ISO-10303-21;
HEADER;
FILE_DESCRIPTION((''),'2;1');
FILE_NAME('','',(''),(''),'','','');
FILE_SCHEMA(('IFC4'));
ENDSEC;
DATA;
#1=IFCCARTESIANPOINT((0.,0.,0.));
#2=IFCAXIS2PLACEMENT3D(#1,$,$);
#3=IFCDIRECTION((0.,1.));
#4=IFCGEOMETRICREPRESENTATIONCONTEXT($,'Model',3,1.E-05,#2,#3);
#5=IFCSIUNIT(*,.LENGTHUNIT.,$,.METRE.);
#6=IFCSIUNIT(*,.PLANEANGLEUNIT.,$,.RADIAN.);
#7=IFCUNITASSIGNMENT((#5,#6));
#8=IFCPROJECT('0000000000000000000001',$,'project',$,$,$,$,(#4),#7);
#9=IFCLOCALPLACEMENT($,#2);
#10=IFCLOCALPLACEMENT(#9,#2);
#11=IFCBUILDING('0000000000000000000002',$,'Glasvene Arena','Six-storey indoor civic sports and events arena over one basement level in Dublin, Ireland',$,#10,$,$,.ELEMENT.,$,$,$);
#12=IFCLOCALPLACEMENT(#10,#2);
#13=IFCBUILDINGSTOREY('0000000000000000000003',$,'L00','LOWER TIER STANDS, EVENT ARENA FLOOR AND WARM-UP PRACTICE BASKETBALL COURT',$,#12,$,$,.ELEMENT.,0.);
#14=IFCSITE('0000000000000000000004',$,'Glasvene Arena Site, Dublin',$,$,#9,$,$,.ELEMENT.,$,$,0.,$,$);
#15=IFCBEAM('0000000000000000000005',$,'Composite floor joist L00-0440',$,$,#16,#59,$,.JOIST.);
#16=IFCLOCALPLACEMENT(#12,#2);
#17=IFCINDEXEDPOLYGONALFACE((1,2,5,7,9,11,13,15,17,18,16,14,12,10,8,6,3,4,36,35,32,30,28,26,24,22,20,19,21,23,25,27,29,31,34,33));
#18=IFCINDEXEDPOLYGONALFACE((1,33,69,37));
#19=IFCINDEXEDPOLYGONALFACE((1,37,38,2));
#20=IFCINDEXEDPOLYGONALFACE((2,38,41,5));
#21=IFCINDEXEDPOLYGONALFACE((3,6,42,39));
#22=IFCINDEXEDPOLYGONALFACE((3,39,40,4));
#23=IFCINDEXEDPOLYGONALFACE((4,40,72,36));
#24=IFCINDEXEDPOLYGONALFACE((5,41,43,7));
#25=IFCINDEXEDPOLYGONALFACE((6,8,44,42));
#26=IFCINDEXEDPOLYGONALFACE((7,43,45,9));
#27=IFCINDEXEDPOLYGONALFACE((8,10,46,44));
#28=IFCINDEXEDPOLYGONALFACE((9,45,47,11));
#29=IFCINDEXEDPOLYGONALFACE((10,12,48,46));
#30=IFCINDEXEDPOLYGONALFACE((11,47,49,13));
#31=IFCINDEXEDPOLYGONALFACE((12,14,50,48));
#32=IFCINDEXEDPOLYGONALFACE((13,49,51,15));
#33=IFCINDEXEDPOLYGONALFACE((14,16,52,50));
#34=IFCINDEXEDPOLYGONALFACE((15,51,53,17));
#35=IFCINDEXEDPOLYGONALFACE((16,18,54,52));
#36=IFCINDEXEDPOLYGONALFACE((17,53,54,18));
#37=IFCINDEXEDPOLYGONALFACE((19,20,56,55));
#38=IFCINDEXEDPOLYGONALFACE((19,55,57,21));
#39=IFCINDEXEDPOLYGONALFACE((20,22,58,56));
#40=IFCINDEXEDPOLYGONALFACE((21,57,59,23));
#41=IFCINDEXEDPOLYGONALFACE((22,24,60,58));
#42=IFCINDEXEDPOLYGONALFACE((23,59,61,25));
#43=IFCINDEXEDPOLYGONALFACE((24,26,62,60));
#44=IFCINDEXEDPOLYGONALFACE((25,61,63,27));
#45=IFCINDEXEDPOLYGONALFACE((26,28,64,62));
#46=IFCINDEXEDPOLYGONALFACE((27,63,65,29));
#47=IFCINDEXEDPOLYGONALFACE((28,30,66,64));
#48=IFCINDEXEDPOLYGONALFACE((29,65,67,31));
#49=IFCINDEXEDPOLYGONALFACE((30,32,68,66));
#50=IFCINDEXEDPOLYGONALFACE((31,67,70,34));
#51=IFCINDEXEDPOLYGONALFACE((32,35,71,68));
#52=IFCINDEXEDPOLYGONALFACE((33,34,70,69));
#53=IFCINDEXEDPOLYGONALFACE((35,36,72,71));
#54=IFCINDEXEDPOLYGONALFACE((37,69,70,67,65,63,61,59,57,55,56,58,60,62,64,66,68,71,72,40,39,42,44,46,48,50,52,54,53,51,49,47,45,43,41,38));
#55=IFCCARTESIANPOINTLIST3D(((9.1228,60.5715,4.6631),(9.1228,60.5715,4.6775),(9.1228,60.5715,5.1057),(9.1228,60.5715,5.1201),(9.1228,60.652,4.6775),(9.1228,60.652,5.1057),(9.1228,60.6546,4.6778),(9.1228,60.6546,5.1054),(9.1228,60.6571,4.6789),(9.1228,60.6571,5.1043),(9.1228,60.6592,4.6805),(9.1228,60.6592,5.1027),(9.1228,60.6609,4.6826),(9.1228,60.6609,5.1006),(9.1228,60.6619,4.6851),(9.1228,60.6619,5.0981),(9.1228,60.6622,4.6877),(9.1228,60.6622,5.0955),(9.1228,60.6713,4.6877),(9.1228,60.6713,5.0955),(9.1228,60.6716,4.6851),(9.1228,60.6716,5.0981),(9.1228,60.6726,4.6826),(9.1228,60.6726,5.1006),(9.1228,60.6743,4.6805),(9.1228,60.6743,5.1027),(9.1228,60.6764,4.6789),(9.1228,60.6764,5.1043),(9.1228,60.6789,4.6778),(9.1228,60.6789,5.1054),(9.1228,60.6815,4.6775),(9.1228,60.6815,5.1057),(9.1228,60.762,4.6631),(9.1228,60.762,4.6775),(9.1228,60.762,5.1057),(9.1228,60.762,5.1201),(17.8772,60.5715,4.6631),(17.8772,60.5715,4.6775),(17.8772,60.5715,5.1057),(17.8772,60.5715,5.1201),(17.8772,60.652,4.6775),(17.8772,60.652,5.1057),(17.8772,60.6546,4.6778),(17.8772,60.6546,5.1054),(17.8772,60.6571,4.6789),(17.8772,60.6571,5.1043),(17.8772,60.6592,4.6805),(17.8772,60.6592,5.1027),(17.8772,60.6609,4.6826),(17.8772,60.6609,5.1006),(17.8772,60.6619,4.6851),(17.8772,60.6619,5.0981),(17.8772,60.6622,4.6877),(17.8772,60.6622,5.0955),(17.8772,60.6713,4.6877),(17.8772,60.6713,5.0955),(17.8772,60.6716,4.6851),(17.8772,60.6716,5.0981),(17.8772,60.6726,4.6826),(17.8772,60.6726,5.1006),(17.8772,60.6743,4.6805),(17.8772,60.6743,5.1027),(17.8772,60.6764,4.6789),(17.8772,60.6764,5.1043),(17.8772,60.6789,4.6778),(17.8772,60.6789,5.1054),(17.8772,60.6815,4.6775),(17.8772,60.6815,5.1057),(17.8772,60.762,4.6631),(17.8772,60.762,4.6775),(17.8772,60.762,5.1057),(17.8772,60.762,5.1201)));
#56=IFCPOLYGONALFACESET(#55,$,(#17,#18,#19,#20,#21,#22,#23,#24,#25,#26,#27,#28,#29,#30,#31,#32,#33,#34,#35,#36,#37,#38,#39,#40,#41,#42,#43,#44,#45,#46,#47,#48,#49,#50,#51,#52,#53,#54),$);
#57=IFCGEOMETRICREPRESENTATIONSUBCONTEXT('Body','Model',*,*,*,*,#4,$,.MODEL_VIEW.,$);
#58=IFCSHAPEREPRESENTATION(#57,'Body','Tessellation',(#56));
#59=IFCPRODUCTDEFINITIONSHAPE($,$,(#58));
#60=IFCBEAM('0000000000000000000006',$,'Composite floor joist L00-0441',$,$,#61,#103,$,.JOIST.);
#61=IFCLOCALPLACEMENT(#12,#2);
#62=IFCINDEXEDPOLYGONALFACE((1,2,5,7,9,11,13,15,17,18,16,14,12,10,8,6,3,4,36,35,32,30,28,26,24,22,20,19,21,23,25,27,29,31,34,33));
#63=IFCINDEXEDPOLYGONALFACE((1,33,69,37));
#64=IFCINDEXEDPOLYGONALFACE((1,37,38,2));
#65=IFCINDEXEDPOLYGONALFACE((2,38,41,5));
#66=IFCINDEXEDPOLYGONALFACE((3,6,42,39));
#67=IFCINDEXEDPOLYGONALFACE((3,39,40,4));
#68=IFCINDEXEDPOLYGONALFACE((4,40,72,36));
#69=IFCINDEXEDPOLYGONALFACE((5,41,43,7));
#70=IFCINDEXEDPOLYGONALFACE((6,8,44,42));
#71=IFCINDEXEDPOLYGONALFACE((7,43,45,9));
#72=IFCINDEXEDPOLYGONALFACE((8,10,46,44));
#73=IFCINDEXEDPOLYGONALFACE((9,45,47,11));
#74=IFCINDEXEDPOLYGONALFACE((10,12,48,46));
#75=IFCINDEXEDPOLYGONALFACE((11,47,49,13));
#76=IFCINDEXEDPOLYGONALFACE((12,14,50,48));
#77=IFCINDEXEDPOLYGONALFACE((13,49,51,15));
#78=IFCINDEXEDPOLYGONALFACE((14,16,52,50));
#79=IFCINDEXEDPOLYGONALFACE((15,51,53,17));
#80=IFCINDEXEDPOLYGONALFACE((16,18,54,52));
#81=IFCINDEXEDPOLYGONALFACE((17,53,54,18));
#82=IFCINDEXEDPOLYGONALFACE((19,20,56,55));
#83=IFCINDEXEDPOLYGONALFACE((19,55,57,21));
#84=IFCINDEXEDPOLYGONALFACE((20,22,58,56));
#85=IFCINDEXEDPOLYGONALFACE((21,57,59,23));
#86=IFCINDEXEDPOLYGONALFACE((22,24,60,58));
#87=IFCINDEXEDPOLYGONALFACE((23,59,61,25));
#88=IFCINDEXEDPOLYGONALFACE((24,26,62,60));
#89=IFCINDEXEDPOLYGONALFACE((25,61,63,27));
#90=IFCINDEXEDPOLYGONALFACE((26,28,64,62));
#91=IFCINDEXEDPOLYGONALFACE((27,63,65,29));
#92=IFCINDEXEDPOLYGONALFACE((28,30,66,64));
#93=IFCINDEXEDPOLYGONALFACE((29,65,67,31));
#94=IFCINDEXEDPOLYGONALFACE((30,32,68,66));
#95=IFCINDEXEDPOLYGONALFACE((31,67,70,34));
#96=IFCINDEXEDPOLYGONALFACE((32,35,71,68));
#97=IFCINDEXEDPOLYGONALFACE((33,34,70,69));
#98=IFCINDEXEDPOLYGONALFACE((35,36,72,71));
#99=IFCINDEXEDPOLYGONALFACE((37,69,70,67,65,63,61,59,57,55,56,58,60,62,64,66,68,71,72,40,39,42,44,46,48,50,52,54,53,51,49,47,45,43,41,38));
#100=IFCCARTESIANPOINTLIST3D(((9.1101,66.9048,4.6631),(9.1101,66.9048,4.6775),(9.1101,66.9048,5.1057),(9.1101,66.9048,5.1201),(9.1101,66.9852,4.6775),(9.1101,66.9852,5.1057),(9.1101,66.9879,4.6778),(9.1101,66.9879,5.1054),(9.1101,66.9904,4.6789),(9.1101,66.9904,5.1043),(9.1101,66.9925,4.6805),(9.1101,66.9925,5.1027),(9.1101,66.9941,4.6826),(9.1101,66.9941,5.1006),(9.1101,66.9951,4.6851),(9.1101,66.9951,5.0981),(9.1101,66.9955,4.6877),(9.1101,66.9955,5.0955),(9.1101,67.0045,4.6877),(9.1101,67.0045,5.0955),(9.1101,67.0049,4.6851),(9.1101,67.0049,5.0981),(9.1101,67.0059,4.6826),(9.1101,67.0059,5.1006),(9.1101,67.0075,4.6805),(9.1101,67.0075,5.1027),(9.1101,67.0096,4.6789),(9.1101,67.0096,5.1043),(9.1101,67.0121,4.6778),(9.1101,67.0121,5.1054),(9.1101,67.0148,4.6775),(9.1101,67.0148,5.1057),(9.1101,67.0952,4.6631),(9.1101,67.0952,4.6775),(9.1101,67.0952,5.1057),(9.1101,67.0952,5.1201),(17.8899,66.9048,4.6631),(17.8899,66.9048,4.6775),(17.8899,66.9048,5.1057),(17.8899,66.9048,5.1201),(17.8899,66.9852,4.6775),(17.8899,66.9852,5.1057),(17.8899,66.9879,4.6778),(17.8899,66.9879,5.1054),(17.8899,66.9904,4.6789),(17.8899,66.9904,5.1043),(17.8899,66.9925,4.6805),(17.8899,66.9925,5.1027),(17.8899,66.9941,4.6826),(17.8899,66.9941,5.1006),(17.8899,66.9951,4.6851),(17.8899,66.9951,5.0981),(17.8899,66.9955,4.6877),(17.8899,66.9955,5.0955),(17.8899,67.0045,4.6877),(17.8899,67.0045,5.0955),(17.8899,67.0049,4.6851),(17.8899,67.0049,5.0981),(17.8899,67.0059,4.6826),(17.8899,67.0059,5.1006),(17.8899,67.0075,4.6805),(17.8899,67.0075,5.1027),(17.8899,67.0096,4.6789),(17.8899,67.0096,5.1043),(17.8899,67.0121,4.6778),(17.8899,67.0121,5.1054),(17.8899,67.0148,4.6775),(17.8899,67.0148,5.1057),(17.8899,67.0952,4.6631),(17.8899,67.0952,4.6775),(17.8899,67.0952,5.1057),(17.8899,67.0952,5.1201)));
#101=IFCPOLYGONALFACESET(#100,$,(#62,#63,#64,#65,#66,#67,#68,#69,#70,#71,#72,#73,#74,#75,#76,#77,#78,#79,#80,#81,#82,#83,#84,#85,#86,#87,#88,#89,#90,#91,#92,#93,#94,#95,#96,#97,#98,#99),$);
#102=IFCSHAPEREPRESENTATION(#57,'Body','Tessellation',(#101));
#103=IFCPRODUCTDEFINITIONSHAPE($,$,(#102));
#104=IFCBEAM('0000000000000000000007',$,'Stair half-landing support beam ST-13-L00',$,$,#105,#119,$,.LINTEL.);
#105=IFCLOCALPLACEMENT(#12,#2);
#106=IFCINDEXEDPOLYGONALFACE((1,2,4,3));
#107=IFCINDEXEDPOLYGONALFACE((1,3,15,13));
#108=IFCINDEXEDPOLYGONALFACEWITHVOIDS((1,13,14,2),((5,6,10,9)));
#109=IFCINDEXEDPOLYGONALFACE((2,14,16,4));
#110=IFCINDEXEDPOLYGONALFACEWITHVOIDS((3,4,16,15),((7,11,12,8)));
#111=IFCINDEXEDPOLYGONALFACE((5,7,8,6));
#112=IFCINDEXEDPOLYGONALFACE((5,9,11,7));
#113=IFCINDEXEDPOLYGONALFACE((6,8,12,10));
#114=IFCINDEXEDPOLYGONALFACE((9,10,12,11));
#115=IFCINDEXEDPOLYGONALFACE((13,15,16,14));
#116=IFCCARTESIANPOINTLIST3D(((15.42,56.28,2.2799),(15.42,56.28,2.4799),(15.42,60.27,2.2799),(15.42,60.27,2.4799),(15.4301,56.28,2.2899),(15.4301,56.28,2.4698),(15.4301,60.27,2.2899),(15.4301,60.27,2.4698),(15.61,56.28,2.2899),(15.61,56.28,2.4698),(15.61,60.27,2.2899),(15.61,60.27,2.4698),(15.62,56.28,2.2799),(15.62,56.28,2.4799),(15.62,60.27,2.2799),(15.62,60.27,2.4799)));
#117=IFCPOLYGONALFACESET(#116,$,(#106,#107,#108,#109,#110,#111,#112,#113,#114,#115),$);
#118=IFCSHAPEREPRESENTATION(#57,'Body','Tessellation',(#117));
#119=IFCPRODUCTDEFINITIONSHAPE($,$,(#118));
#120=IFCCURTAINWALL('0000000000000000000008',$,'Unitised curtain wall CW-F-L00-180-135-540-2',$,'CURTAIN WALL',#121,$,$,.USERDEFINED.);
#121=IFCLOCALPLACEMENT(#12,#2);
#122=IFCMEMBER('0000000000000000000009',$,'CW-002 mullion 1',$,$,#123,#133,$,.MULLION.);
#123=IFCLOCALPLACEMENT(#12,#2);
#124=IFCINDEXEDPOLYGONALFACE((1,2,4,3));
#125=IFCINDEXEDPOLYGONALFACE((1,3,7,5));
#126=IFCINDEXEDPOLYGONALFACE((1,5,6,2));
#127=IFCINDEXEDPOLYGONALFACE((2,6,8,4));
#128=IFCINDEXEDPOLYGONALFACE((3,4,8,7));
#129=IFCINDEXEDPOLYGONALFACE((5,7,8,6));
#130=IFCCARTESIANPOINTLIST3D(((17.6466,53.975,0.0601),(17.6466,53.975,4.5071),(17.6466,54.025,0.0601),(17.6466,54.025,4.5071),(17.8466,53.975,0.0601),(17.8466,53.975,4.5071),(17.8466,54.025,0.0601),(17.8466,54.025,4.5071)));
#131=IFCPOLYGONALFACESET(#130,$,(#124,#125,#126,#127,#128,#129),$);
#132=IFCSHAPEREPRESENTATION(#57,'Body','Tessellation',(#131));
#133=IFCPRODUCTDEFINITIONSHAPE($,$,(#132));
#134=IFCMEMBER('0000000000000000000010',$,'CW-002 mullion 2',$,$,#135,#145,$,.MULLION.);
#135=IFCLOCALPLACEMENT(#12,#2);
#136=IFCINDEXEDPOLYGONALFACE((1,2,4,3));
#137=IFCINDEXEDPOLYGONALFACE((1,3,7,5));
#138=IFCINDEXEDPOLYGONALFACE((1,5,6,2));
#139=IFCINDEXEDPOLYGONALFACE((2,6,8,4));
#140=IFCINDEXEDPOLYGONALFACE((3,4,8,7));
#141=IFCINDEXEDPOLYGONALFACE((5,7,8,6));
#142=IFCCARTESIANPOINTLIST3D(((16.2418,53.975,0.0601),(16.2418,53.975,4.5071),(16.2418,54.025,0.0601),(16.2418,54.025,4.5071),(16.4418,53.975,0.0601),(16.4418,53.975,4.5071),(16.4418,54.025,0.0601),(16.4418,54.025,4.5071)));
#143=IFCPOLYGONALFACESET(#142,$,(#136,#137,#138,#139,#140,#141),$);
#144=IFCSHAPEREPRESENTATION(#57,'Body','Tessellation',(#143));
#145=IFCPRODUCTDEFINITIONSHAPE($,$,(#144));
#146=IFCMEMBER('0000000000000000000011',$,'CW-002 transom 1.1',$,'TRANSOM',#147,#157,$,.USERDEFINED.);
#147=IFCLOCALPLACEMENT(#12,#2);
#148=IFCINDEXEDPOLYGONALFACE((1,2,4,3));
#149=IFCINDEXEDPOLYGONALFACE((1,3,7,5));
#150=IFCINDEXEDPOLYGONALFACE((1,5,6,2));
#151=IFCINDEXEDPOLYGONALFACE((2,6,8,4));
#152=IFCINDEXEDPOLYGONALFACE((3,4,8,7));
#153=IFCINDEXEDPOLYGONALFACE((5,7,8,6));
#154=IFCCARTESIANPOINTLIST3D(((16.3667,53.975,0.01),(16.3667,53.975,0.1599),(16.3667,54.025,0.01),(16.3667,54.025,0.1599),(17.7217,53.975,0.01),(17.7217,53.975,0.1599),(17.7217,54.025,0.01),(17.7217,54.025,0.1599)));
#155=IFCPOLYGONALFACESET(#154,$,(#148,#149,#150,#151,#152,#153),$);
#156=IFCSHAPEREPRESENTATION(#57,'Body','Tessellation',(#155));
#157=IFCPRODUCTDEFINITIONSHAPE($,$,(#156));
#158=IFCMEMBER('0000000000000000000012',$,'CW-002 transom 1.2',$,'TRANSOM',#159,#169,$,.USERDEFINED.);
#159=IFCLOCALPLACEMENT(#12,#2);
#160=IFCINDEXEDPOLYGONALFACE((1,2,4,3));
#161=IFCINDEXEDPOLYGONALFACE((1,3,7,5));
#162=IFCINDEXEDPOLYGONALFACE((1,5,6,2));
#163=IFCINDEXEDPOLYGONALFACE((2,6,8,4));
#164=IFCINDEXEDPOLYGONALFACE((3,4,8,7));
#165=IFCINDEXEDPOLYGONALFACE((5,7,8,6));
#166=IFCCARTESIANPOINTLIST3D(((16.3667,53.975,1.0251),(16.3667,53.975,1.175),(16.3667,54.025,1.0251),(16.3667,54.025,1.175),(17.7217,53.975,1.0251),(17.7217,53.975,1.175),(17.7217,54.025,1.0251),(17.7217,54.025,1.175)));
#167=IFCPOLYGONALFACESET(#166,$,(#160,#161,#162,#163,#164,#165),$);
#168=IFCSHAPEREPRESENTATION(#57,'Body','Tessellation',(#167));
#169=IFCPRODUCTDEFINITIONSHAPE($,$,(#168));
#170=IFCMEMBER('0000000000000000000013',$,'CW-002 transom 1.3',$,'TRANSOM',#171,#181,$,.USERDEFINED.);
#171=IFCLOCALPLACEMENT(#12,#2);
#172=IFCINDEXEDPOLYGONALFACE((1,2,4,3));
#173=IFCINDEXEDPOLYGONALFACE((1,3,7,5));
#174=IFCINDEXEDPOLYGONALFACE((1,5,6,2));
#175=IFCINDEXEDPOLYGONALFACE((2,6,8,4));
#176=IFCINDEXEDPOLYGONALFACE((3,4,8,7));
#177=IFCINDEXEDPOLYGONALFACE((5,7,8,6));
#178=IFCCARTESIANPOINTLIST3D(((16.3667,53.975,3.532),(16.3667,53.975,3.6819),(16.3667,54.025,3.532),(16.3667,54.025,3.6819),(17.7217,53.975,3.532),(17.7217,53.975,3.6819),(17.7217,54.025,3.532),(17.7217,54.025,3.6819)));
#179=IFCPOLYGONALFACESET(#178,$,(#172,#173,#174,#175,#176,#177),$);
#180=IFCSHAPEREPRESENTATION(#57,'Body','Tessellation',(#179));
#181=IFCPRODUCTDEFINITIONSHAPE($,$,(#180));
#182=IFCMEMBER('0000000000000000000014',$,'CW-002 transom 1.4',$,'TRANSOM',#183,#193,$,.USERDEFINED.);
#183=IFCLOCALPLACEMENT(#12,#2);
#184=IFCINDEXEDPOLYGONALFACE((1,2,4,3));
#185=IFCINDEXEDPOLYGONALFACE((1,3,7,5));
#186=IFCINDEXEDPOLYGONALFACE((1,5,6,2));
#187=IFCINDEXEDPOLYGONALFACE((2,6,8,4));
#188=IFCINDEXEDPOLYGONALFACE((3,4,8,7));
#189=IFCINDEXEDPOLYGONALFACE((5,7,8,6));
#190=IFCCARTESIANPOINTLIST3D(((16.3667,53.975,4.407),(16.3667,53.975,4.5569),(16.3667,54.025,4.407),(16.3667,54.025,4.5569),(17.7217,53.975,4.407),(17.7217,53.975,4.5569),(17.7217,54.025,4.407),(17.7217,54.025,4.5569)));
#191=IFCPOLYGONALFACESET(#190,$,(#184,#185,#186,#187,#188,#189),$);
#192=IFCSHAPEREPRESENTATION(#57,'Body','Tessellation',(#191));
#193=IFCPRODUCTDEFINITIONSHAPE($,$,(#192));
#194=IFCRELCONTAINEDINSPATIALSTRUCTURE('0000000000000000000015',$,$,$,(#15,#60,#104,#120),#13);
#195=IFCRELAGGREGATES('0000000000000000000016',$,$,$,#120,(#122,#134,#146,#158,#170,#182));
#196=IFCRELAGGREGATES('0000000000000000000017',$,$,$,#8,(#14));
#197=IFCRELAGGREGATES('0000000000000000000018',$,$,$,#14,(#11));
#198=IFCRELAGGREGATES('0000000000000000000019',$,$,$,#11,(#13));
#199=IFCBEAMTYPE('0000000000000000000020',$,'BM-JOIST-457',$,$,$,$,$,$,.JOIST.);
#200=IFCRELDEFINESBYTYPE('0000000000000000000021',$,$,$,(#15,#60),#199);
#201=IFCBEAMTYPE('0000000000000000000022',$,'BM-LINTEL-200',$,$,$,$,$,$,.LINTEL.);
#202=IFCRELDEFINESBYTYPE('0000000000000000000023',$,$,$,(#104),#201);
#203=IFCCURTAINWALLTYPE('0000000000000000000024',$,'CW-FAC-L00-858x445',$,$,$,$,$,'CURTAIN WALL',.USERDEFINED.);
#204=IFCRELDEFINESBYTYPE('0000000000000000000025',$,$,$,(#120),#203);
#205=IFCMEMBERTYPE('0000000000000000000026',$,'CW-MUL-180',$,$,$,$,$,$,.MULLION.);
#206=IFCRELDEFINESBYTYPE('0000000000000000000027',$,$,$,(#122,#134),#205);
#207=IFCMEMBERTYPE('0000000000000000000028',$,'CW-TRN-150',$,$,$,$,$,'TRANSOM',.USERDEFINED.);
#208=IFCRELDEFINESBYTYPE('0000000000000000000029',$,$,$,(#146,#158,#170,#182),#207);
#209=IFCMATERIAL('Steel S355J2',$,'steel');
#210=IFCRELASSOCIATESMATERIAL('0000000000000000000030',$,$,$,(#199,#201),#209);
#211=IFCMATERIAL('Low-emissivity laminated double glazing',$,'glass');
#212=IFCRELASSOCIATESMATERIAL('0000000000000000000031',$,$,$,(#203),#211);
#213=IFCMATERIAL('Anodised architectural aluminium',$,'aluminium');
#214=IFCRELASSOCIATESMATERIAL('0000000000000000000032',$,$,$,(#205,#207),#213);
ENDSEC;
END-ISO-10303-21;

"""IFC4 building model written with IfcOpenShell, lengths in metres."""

from ifc_helpers import new_model, si_unit, direction, frame, origin, origin_2d, place, context, subcontext, project, spatial, rectangle, hollow_rectangle, i_section, extrude, material, material_profile, profile_set, type_object, element, aggregate, save


model = new_model("IFC4")

# Units and contexts
model_context = context("Model", 3, precision=1e-05, world=origin(), true_north=direction((0.0, 1.0)))
body_context = subcontext(model_context, "Body", "Model", "MODEL_VIEW")
ifc_project = project(units=[si_unit("LENGTHUNIT", "METRE"), si_unit("PLANEANGLEUNIT", "RADIAN")], contexts=[model_context])

# Site, building, storey
site_placement = place(None, origin())
site = spatial("IfcSite", under=ifc_project, at=site_placement, Name="Glasvene Arena Site, Dublin", CompositionType="ELEMENT", RefElevation=0.0)
building_placement = place(site_placement, origin())
building = spatial("IfcBuilding", under=site, at=building_placement, Name="Glasvene Arena", Description="Six-storey indoor civic sports and events arena over one basement level in Dublin, Ireland", CompositionType="ELEMENT")
storey_placement = place(building_placement, origin())
storey = spatial("IfcBuildingStorey", under=building, at=storey_placement, Name="L00", Description="LOWER TIER STANDS, EVENT ARENA FLOOR AND WARM-UP PRACTICE BASKETBALL COURT", CompositionType="ELEMENT", Elevation=0.0)

# Shared definitions
ifc_material_1 = material(Name="Steel S355J2", Category="steel")

# Beams
ifc_material_profile_1 = material_profile(ifc_material_1, i_section(OverallWidth=0.1904, OverallDepth=0.457, WebThickness=0.009, FlangeThickness=0.0144, FilletRadius=0.0103, at=origin_2d()), Name="UKB 457x191x74")
ifc_profile_set_1 = profile_set([ifc_material_profile_1], Name="Steel S355J2")
beam_type_1 = type_object("IfcBeamType", Name="BM-JOIST-457", PredefinedType="JOIST", material=ifc_profile_set_1)
beam_1_placement = place(storey_placement, frame((9.1228, 60.6667, 4.8916), z_axis=(1.0, 0.0, 0.0), x_axis=(0.0, 1.0, 0.0)))
element("IfcBeam", 1, at=beam_1_placement, inside=storey, type_object=beam_type_1, Name="Composite floor joist L00-0440", PredefinedType="JOIST", context=body_context, shape_type="SweptSolid", body=[
    extrude(i_section(OverallWidth=0.1904, OverallDepth=0.457, WebThickness=0.009, FlangeThickness=0.0144, FilletRadius=0.0103, at=origin_2d()), origin(), (0.0, 0.0, 1.0), 8.7544),
])
beam_2_placement = place(storey_placement, frame((9.1101, 67.0, 4.8916), z_axis=(1.0, 0.0, 0.0), x_axis=(0.0, 1.0, 0.0)))
element("IfcBeam", 2, at=beam_2_placement, inside=storey, type_object=beam_type_1, Name="Composite floor joist L00-0441", PredefinedType="JOIST", context=body_context, shape_type="SweptSolid", body=[
    extrude(i_section(OverallWidth=0.1904, OverallDepth=0.457, WebThickness=0.009, FlangeThickness=0.0144, FilletRadius=0.0103, at=origin_2d()), origin(), (0.0, 0.0, 1.0), 8.7798),
])
ifc_material_profile_2 = material_profile(ifc_material_1, hollow_rectangle(XDim=0.2, YDim=0.2, WallThickness=0.01, at=origin_2d()), Name="SHS 200x200x10.0")
ifc_profile_set_2 = profile_set([ifc_material_profile_2], Name="Steel S355J2")
beam_type_2 = type_object("IfcBeamType", Name="BM-LINTEL-200", PredefinedType="LINTEL", material=ifc_profile_set_2)
beam_3_placement = place(storey_placement, frame((15.52, 56.28, 2.3799), z_axis=(0.0, 1.0, 0.0), x_axis=(-1.0, 0.0, 0.0)))
element("IfcBeam", 3, at=beam_3_placement, inside=storey, type_object=beam_type_2, Name="Stair half-landing support beam ST-13-L00", PredefinedType="LINTEL", context=body_context, shape_type="SweptSolid", body=[
    extrude(hollow_rectangle(XDim=0.2, YDim=0.2, WallThickness=0.01, at=origin_2d()), origin(), (0.0, 0.0, 1.0), 3.99),
])

# Curtain wall, members
ifc_material_2 = material(Name="Low-emissivity laminated double glazing", Category="glass")
curtain_wall_type = type_object("IfcCurtainWallType", Name="CW-FAC-L00-858x445", ElementType="CURTAIN WALL", PredefinedType="USERDEFINED", material=ifc_material_2)
curtain_wall_placement = place(storey_placement, frame((17.7717, 54.0, 0.0)))
curtain_wall = element("IfcCurtainWall", 4, at=curtain_wall_placement, inside=storey, type_object=curtain_wall_type, Name="Unitised curtain wall CW-F-L00-180-135-540-2", ObjectType="CURTAIN WALL", PredefinedType="USERDEFINED")
ifc_material_3 = material(Name="Anodised architectural aluminium", Category="aluminium")
ifc_material_profile_3 = material_profile(ifc_material_3, rectangle(XDim=0.05, YDim=0.2, at=origin_2d()), Name="ALU MULLION 50x200")
ifc_profile_set_3 = profile_set([ifc_material_profile_3], Name="Anodised architectural aluminium")
member_type_1 = type_object("IfcMemberType", Name="CW-MUL-180", PredefinedType="MULLION", material=ifc_profile_set_3)
member_1_placement = place(storey_placement, frame((17.7466, 54.0, 0.0601), z_axis=(0.0, 0.0, 1.0), x_axis=(0.0, -1.0, 0.0)))
member_1 = element("IfcMember", 5, at=member_1_placement, type_object=member_type_1, Name="CW-002 mullion 1", PredefinedType="MULLION", context=body_context, shape_type="SweptSolid", body=[
    extrude(rectangle(XDim=0.05, YDim=0.2, at=origin_2d()), origin(), (0.0, 0.0, 1.0), 4.447),
])
member_2_placement = place(storey_placement, frame((16.3418, 54.0, 0.0601), z_axis=(0.0, 0.0, 1.0), x_axis=(0.0, -1.0, 0.0)))
member_2 = element("IfcMember", 6, at=member_2_placement, type_object=member_type_1, Name="CW-002 mullion 2", PredefinedType="MULLION", context=body_context, shape_type="SweptSolid", body=[
    extrude(rectangle(XDim=0.05, YDim=0.2, at=origin_2d()), origin(), (0.0, 0.0, 1.0), 4.447),
])
ifc_material_profile_4 = material_profile(ifc_material_3, rectangle(XDim=0.05, YDim=0.1499, at=origin_2d()), Name="ALU TRANSOM 50x150")
ifc_profile_set_4 = profile_set([ifc_material_profile_4], Name="Anodised architectural aluminium")
member_type_2 = type_object("IfcMemberType", Name="CW-TRN-150", ElementType="TRANSOM", PredefinedType="USERDEFINED", material=ifc_profile_set_4)
member_3_placement = place(storey_placement, frame((17.7217, 54.0, 0.085), z_axis=(-1.0, 0.0, 0.0), x_axis=(0.0, -1.0, 0.0)))
member_3 = element("IfcMember", 7, at=member_3_placement, type_object=member_type_2, Name="CW-002 transom 1.1", ObjectType="TRANSOM", PredefinedType="USERDEFINED", context=body_context, shape_type="SweptSolid", body=[
    extrude(rectangle(XDim=0.05, YDim=0.1499, at=origin_2d()), origin(), (0.0, 0.0, 1.0), 1.355),
])
member_4_placement = place(storey_placement, frame((17.7217, 54.0, 1.1001), z_axis=(-1.0, 0.0, 0.0), x_axis=(0.0, -1.0, 0.0)))
member_4 = element("IfcMember", 8, at=member_4_placement, type_object=member_type_2, Name="CW-002 transom 1.2", ObjectType="TRANSOM", PredefinedType="USERDEFINED", context=body_context, shape_type="SweptSolid", body=[
    extrude(rectangle(XDim=0.05, YDim=0.1499, at=origin_2d()), origin(), (0.0, 0.0, 1.0), 1.355),
])
member_5_placement = place(storey_placement, frame((17.7217, 54.0, 3.6069), z_axis=(-1.0, 0.0, 0.0), x_axis=(0.0, -1.0, 0.0)))
member_5 = element("IfcMember", 9, at=member_5_placement, type_object=member_type_2, Name="CW-002 transom 1.3", ObjectType="TRANSOM", PredefinedType="USERDEFINED", context=body_context, shape_type="SweptSolid", body=[
    extrude(rectangle(XDim=0.05, YDim=0.1499, at=origin_2d()), origin(), (0.0, 0.0, 1.0), 1.355),
])
member_6_placement = place(storey_placement, frame((17.7217, 54.0, 4.4819), z_axis=(-1.0, 0.0, 0.0), x_axis=(0.0, -1.0, 0.0)))
member_6 = element("IfcMember", 10, at=member_6_placement, type_object=member_type_2, Name="CW-002 transom 1.4", ObjectType="TRANSOM", PredefinedType="USERDEFINED", context=body_context, shape_type="SweptSolid", body=[
    extrude(rectangle(XDim=0.05, YDim=0.1499, at=origin_2d()), origin(), (0.0, 0.0, 1.0), 1.355),
])
aggregate(curtain_wall, [member_1, member_2, member_3, member_4, member_5, member_6])

save(model, "model.ifc")
